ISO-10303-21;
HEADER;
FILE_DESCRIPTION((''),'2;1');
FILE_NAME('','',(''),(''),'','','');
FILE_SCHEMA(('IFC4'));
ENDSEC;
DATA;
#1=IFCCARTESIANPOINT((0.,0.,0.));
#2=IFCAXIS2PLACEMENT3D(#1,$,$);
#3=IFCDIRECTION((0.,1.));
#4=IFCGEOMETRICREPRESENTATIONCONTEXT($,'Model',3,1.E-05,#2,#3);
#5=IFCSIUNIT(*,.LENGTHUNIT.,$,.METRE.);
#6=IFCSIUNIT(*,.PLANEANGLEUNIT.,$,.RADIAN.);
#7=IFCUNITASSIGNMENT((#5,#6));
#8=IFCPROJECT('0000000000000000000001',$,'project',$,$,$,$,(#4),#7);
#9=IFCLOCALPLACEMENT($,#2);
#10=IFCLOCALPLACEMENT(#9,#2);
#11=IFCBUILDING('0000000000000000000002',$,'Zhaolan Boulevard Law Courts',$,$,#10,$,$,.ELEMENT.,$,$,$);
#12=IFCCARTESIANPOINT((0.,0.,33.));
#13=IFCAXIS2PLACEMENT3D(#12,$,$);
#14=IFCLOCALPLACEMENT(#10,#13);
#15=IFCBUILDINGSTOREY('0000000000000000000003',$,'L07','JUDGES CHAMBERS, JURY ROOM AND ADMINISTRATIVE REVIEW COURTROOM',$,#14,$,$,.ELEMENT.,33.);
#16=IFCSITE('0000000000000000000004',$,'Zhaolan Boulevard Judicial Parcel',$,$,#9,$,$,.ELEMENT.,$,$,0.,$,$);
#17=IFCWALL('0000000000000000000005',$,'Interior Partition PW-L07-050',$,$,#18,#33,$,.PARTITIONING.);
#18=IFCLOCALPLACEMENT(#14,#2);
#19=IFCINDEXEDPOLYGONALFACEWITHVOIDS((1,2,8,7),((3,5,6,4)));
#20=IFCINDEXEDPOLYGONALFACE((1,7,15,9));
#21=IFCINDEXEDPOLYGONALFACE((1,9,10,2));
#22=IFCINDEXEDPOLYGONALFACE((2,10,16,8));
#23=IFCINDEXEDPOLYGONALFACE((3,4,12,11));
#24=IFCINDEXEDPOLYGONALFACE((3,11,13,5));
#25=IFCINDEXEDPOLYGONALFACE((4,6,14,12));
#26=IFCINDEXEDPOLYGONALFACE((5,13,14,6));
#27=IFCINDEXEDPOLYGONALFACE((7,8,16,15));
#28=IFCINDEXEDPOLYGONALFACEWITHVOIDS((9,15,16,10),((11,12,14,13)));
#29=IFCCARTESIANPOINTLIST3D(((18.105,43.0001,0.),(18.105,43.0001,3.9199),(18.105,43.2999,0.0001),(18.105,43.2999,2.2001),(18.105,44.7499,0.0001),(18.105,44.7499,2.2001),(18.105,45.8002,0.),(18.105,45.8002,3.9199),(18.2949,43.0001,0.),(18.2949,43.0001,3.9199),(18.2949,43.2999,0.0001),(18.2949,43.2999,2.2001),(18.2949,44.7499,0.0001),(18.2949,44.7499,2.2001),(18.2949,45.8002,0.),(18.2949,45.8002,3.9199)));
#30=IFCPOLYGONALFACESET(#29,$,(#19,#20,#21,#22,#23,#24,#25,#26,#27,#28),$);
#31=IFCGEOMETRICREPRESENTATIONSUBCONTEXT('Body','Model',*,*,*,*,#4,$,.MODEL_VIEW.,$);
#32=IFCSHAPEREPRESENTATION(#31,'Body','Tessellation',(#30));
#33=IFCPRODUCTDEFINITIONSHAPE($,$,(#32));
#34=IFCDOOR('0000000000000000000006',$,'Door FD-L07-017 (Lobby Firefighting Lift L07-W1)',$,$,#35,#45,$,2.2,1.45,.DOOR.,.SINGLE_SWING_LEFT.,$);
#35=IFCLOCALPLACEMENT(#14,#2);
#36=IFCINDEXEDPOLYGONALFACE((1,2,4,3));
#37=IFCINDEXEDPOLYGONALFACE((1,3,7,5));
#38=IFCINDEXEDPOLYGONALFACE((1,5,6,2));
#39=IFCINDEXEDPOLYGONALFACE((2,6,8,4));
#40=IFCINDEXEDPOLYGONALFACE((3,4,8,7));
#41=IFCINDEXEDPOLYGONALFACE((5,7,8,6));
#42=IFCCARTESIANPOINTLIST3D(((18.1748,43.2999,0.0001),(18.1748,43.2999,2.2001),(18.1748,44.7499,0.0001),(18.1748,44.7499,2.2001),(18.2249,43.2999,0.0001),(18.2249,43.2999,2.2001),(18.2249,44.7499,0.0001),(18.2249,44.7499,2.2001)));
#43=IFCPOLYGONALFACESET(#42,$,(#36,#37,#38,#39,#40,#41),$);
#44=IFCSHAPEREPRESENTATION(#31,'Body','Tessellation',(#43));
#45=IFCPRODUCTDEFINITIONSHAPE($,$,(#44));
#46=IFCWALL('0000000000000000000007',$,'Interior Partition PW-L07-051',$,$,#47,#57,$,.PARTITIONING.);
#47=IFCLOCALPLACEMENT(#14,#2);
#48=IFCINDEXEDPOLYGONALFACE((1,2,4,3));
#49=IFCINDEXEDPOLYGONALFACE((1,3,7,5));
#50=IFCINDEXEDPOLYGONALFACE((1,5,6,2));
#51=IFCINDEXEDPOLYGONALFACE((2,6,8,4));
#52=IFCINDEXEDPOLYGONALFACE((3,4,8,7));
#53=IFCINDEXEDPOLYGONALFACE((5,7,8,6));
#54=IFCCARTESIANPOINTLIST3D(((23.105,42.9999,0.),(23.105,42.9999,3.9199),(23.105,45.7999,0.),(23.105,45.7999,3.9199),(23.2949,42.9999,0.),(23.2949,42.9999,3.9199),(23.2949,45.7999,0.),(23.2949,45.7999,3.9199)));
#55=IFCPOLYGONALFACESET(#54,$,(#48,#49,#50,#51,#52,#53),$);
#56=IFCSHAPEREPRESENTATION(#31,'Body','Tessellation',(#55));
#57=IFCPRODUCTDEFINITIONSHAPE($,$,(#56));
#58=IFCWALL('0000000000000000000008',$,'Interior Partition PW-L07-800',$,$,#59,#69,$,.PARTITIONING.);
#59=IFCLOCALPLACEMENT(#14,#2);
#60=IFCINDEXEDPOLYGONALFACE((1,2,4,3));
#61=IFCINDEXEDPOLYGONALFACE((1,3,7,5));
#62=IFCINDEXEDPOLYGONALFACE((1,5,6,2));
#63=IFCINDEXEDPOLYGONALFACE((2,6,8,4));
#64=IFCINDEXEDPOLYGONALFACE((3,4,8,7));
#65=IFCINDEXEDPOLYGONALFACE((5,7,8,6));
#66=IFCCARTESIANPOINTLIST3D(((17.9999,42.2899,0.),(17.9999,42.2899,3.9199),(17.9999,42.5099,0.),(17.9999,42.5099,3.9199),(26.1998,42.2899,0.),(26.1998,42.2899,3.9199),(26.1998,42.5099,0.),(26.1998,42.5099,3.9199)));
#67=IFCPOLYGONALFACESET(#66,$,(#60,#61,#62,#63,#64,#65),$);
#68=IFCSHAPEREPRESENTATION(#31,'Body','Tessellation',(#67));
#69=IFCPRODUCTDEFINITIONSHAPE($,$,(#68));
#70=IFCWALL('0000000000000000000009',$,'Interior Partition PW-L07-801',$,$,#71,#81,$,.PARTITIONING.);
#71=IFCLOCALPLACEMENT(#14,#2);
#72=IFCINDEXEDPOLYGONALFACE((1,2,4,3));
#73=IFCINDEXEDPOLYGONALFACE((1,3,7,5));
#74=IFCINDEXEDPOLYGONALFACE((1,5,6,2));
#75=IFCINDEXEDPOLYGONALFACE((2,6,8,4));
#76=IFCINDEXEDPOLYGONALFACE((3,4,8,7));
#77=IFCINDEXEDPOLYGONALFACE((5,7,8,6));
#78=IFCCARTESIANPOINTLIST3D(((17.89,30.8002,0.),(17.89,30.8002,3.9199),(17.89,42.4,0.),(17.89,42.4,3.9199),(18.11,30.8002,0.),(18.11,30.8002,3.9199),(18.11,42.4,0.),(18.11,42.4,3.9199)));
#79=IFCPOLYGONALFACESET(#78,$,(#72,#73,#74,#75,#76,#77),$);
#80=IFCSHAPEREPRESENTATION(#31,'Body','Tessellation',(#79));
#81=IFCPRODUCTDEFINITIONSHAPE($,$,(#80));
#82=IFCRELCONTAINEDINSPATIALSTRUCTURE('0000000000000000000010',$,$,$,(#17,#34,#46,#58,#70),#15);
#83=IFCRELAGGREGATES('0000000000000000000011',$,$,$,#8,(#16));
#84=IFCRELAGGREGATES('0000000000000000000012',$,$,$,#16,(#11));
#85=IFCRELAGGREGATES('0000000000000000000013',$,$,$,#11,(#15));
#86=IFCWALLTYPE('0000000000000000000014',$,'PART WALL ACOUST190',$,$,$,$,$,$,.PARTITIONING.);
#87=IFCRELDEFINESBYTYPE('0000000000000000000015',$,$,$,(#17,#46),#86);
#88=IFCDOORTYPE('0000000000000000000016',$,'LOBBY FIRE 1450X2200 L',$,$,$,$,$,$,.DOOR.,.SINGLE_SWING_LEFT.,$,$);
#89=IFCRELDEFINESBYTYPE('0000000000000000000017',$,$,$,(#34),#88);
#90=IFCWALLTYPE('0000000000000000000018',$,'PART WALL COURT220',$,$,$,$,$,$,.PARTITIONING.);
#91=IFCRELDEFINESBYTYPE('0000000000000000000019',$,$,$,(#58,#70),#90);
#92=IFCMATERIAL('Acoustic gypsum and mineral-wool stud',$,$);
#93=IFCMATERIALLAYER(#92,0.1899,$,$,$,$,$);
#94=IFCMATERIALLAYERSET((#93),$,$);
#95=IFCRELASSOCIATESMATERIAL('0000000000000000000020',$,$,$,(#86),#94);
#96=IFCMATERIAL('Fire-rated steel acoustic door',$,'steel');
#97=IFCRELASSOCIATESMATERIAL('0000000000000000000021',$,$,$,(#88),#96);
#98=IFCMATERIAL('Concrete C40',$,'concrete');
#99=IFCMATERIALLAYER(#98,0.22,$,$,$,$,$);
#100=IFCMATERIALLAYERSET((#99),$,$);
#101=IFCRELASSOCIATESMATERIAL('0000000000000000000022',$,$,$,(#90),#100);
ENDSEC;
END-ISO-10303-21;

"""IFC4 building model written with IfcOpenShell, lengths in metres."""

from ifc_helpers import new_model, si_unit, direction, frame, frame_2d, origin, place, context, subcontext, project, spatial, rectangle, extrude, material, layer, layer_set, type_object, element, fill, save


model = new_model("IFC4")

# Units and contexts
model_context = context("Model", 3, precision=1e-05, world=origin(), true_north=direction((0.0, 1.0)))
body_context = subcontext(model_context, "Body", "Model", "MODEL_VIEW")
ifc_project = project(units=[si_unit("LENGTHUNIT", "METRE"), si_unit("PLANEANGLEUNIT", "RADIAN")], contexts=[model_context])

# Site, building, storey
site_placement = place(None, origin())
site = spatial("IfcSite", under=ifc_project, at=site_placement, Name="Zhaolan Boulevard Judicial Parcel", CompositionType="ELEMENT", RefElevation=0.0)
building_placement = place(site_placement, origin())
building = spatial("IfcBuilding", under=site, at=building_placement, Name="Zhaolan Boulevard Law Courts", CompositionType="ELEMENT")
storey_placement = place(building_placement, frame((0.0, 0.0, 33.0)))
storey = spatial("IfcBuildingStorey", under=building, at=storey_placement, Name="L07", Description="JUDGES CHAMBERS, JURY ROOM AND ADMINISTRATIVE REVIEW COURTROOM", CompositionType="ELEMENT", Elevation=33.0)

# Shared definitions
ifc_material_1 = material(Name="Acoustic gypsum and mineral-wool stud")
ifc_layer_1 = layer(ifc_material_1, 0.1899)
ifc_layer_set_1 = layer_set([ifc_layer_1])
wall_type_1 = type_object("IfcWallType", Name="PART WALL ACOUST190", PredefinedType="PARTITIONING", material=ifc_layer_set_1)

# Wall, opening, door
wall_1_placement = place(storey_placement, frame((18.2, 45.8, 0.0), z_axis=(0.0, 0.0, 1.0), x_axis=(0.0, -1.0, 0.0)))
wall_1 = element("IfcWall", 1, at=wall_1_placement, inside=storey, type_object=wall_type_1, Name="Interior Partition PW-L07-050", PredefinedType="PARTITIONING", context=body_context, shape_type="SweptSolid", body=[
    extrude(rectangle(XDim=2.8, YDim=0.1899, at=frame_2d((1.3999, 0.0))), origin(), (0.0, 0.0, 1.0), 3.9199),
])
opening_placement = place(wall_1_placement, frame((1.05, 0.0, 0.0)))
opening = element("IfcOpeningElement", 2, at=opening_placement, cuts=wall_1, PredefinedType="OPENING", context=body_context, shape_type="SweptSolid", body=[
    extrude(rectangle(XDim=1.45, YDim=2.2, at=frame_2d((0.7251, 1.1001))), frame((0.0, 0.105, 0.0), z_axis=(0.0, -1.0, 0.0), x_axis=(1.0, 0.0, 0.0)), (0.0, 0.0, 1.0), 0.21),
])
ifc_material_2 = material(Name="Fire-rated steel acoustic door", Category="steel")
door_type = type_object("IfcDoorType", Name="LOBBY FIRE 1450X2200 L", OperationType="SINGLE_SWING_LEFT", PredefinedType="DOOR", material=ifc_material_2)
door_placement = place(opening_placement, origin())
door = element("IfcDoor", 3, at=door_placement, inside=storey, type_object=door_type, Name="Door FD-L07-017 (Lobby Firefighting Lift L07-W1)", OperationType="SINGLE_SWING_LEFT", OverallHeight=2.2, OverallWidth=1.45, PredefinedType="DOOR", context=body_context, shape_type="SweptSolid", body=[
    extrude(rectangle(XDim=1.45, YDim=2.2, at=frame_2d((0.7251, 1.1001))), frame((0.0, 0.0249, 0.0), z_axis=(0.0, -1.0, 0.0), x_axis=(1.0, 0.0, 0.0)), (0.0, 0.0, 1.0), 0.05),
])
fill(opening, door)

# Walls
wall_2_placement = place(storey_placement, frame((23.2, 43.0, 0.0), z_axis=(0.0, 0.0, 1.0), x_axis=(0.0, 1.0, 0.0)))
element("IfcWall", 4, at=wall_2_placement, inside=storey, type_object=wall_type_1, Name="Interior Partition PW-L07-051", PredefinedType="PARTITIONING", context=body_context, shape_type="SweptSolid", body=[
    extrude(rectangle(XDim=2.8, YDim=0.1899, at=frame_2d((1.3999, 0.0))), origin(), (0.0, 0.0, 1.0), 3.9199),
])
ifc_material_3 = material(Name="Concrete C40", Category="concrete")
ifc_layer_2 = layer(ifc_material_3, 0.22)
ifc_layer_set_2 = layer_set([ifc_layer_2])
wall_type_2 = type_object("IfcWallType", Name="PART WALL COURT220", PredefinedType="PARTITIONING", material=ifc_layer_set_2)
wall_3_placement = place(storey_placement, frame((26.2, 42.3999, 0.0), z_axis=(0.0, 0.0, 1.0), x_axis=(-1.0, 0.0, 0.0)))
element("IfcWall", 5, at=wall_3_placement, inside=storey, type_object=wall_type_2, Name="Interior Partition PW-L07-800", PredefinedType="PARTITIONING", context=body_context, shape_type="SweptSolid", body=[
    extrude(rectangle(XDim=8.2, YDim=0.22, at=frame_2d((4.1001, 0.0))), origin(), (0.0, 0.0, 1.0), 3.9199),
])
wall_4_placement = place(storey_placement, frame((18.0, 42.3999, 0.0), z_axis=(0.0, 0.0, 1.0), x_axis=(0.0, -1.0, 0.0)))
element("IfcWall", 6, at=wall_4_placement, inside=storey, type_object=wall_type_2, Name="Interior Partition PW-L07-801", PredefinedType="PARTITIONING", context=body_context, shape_type="SweptSolid", body=[
    extrude(rectangle(XDim=11.5999, YDim=0.22, at=frame_2d((5.7998, 0.0))), origin(), (0.0, 0.0, 1.0), 3.9199),
])

save(model, "model.ifc")
